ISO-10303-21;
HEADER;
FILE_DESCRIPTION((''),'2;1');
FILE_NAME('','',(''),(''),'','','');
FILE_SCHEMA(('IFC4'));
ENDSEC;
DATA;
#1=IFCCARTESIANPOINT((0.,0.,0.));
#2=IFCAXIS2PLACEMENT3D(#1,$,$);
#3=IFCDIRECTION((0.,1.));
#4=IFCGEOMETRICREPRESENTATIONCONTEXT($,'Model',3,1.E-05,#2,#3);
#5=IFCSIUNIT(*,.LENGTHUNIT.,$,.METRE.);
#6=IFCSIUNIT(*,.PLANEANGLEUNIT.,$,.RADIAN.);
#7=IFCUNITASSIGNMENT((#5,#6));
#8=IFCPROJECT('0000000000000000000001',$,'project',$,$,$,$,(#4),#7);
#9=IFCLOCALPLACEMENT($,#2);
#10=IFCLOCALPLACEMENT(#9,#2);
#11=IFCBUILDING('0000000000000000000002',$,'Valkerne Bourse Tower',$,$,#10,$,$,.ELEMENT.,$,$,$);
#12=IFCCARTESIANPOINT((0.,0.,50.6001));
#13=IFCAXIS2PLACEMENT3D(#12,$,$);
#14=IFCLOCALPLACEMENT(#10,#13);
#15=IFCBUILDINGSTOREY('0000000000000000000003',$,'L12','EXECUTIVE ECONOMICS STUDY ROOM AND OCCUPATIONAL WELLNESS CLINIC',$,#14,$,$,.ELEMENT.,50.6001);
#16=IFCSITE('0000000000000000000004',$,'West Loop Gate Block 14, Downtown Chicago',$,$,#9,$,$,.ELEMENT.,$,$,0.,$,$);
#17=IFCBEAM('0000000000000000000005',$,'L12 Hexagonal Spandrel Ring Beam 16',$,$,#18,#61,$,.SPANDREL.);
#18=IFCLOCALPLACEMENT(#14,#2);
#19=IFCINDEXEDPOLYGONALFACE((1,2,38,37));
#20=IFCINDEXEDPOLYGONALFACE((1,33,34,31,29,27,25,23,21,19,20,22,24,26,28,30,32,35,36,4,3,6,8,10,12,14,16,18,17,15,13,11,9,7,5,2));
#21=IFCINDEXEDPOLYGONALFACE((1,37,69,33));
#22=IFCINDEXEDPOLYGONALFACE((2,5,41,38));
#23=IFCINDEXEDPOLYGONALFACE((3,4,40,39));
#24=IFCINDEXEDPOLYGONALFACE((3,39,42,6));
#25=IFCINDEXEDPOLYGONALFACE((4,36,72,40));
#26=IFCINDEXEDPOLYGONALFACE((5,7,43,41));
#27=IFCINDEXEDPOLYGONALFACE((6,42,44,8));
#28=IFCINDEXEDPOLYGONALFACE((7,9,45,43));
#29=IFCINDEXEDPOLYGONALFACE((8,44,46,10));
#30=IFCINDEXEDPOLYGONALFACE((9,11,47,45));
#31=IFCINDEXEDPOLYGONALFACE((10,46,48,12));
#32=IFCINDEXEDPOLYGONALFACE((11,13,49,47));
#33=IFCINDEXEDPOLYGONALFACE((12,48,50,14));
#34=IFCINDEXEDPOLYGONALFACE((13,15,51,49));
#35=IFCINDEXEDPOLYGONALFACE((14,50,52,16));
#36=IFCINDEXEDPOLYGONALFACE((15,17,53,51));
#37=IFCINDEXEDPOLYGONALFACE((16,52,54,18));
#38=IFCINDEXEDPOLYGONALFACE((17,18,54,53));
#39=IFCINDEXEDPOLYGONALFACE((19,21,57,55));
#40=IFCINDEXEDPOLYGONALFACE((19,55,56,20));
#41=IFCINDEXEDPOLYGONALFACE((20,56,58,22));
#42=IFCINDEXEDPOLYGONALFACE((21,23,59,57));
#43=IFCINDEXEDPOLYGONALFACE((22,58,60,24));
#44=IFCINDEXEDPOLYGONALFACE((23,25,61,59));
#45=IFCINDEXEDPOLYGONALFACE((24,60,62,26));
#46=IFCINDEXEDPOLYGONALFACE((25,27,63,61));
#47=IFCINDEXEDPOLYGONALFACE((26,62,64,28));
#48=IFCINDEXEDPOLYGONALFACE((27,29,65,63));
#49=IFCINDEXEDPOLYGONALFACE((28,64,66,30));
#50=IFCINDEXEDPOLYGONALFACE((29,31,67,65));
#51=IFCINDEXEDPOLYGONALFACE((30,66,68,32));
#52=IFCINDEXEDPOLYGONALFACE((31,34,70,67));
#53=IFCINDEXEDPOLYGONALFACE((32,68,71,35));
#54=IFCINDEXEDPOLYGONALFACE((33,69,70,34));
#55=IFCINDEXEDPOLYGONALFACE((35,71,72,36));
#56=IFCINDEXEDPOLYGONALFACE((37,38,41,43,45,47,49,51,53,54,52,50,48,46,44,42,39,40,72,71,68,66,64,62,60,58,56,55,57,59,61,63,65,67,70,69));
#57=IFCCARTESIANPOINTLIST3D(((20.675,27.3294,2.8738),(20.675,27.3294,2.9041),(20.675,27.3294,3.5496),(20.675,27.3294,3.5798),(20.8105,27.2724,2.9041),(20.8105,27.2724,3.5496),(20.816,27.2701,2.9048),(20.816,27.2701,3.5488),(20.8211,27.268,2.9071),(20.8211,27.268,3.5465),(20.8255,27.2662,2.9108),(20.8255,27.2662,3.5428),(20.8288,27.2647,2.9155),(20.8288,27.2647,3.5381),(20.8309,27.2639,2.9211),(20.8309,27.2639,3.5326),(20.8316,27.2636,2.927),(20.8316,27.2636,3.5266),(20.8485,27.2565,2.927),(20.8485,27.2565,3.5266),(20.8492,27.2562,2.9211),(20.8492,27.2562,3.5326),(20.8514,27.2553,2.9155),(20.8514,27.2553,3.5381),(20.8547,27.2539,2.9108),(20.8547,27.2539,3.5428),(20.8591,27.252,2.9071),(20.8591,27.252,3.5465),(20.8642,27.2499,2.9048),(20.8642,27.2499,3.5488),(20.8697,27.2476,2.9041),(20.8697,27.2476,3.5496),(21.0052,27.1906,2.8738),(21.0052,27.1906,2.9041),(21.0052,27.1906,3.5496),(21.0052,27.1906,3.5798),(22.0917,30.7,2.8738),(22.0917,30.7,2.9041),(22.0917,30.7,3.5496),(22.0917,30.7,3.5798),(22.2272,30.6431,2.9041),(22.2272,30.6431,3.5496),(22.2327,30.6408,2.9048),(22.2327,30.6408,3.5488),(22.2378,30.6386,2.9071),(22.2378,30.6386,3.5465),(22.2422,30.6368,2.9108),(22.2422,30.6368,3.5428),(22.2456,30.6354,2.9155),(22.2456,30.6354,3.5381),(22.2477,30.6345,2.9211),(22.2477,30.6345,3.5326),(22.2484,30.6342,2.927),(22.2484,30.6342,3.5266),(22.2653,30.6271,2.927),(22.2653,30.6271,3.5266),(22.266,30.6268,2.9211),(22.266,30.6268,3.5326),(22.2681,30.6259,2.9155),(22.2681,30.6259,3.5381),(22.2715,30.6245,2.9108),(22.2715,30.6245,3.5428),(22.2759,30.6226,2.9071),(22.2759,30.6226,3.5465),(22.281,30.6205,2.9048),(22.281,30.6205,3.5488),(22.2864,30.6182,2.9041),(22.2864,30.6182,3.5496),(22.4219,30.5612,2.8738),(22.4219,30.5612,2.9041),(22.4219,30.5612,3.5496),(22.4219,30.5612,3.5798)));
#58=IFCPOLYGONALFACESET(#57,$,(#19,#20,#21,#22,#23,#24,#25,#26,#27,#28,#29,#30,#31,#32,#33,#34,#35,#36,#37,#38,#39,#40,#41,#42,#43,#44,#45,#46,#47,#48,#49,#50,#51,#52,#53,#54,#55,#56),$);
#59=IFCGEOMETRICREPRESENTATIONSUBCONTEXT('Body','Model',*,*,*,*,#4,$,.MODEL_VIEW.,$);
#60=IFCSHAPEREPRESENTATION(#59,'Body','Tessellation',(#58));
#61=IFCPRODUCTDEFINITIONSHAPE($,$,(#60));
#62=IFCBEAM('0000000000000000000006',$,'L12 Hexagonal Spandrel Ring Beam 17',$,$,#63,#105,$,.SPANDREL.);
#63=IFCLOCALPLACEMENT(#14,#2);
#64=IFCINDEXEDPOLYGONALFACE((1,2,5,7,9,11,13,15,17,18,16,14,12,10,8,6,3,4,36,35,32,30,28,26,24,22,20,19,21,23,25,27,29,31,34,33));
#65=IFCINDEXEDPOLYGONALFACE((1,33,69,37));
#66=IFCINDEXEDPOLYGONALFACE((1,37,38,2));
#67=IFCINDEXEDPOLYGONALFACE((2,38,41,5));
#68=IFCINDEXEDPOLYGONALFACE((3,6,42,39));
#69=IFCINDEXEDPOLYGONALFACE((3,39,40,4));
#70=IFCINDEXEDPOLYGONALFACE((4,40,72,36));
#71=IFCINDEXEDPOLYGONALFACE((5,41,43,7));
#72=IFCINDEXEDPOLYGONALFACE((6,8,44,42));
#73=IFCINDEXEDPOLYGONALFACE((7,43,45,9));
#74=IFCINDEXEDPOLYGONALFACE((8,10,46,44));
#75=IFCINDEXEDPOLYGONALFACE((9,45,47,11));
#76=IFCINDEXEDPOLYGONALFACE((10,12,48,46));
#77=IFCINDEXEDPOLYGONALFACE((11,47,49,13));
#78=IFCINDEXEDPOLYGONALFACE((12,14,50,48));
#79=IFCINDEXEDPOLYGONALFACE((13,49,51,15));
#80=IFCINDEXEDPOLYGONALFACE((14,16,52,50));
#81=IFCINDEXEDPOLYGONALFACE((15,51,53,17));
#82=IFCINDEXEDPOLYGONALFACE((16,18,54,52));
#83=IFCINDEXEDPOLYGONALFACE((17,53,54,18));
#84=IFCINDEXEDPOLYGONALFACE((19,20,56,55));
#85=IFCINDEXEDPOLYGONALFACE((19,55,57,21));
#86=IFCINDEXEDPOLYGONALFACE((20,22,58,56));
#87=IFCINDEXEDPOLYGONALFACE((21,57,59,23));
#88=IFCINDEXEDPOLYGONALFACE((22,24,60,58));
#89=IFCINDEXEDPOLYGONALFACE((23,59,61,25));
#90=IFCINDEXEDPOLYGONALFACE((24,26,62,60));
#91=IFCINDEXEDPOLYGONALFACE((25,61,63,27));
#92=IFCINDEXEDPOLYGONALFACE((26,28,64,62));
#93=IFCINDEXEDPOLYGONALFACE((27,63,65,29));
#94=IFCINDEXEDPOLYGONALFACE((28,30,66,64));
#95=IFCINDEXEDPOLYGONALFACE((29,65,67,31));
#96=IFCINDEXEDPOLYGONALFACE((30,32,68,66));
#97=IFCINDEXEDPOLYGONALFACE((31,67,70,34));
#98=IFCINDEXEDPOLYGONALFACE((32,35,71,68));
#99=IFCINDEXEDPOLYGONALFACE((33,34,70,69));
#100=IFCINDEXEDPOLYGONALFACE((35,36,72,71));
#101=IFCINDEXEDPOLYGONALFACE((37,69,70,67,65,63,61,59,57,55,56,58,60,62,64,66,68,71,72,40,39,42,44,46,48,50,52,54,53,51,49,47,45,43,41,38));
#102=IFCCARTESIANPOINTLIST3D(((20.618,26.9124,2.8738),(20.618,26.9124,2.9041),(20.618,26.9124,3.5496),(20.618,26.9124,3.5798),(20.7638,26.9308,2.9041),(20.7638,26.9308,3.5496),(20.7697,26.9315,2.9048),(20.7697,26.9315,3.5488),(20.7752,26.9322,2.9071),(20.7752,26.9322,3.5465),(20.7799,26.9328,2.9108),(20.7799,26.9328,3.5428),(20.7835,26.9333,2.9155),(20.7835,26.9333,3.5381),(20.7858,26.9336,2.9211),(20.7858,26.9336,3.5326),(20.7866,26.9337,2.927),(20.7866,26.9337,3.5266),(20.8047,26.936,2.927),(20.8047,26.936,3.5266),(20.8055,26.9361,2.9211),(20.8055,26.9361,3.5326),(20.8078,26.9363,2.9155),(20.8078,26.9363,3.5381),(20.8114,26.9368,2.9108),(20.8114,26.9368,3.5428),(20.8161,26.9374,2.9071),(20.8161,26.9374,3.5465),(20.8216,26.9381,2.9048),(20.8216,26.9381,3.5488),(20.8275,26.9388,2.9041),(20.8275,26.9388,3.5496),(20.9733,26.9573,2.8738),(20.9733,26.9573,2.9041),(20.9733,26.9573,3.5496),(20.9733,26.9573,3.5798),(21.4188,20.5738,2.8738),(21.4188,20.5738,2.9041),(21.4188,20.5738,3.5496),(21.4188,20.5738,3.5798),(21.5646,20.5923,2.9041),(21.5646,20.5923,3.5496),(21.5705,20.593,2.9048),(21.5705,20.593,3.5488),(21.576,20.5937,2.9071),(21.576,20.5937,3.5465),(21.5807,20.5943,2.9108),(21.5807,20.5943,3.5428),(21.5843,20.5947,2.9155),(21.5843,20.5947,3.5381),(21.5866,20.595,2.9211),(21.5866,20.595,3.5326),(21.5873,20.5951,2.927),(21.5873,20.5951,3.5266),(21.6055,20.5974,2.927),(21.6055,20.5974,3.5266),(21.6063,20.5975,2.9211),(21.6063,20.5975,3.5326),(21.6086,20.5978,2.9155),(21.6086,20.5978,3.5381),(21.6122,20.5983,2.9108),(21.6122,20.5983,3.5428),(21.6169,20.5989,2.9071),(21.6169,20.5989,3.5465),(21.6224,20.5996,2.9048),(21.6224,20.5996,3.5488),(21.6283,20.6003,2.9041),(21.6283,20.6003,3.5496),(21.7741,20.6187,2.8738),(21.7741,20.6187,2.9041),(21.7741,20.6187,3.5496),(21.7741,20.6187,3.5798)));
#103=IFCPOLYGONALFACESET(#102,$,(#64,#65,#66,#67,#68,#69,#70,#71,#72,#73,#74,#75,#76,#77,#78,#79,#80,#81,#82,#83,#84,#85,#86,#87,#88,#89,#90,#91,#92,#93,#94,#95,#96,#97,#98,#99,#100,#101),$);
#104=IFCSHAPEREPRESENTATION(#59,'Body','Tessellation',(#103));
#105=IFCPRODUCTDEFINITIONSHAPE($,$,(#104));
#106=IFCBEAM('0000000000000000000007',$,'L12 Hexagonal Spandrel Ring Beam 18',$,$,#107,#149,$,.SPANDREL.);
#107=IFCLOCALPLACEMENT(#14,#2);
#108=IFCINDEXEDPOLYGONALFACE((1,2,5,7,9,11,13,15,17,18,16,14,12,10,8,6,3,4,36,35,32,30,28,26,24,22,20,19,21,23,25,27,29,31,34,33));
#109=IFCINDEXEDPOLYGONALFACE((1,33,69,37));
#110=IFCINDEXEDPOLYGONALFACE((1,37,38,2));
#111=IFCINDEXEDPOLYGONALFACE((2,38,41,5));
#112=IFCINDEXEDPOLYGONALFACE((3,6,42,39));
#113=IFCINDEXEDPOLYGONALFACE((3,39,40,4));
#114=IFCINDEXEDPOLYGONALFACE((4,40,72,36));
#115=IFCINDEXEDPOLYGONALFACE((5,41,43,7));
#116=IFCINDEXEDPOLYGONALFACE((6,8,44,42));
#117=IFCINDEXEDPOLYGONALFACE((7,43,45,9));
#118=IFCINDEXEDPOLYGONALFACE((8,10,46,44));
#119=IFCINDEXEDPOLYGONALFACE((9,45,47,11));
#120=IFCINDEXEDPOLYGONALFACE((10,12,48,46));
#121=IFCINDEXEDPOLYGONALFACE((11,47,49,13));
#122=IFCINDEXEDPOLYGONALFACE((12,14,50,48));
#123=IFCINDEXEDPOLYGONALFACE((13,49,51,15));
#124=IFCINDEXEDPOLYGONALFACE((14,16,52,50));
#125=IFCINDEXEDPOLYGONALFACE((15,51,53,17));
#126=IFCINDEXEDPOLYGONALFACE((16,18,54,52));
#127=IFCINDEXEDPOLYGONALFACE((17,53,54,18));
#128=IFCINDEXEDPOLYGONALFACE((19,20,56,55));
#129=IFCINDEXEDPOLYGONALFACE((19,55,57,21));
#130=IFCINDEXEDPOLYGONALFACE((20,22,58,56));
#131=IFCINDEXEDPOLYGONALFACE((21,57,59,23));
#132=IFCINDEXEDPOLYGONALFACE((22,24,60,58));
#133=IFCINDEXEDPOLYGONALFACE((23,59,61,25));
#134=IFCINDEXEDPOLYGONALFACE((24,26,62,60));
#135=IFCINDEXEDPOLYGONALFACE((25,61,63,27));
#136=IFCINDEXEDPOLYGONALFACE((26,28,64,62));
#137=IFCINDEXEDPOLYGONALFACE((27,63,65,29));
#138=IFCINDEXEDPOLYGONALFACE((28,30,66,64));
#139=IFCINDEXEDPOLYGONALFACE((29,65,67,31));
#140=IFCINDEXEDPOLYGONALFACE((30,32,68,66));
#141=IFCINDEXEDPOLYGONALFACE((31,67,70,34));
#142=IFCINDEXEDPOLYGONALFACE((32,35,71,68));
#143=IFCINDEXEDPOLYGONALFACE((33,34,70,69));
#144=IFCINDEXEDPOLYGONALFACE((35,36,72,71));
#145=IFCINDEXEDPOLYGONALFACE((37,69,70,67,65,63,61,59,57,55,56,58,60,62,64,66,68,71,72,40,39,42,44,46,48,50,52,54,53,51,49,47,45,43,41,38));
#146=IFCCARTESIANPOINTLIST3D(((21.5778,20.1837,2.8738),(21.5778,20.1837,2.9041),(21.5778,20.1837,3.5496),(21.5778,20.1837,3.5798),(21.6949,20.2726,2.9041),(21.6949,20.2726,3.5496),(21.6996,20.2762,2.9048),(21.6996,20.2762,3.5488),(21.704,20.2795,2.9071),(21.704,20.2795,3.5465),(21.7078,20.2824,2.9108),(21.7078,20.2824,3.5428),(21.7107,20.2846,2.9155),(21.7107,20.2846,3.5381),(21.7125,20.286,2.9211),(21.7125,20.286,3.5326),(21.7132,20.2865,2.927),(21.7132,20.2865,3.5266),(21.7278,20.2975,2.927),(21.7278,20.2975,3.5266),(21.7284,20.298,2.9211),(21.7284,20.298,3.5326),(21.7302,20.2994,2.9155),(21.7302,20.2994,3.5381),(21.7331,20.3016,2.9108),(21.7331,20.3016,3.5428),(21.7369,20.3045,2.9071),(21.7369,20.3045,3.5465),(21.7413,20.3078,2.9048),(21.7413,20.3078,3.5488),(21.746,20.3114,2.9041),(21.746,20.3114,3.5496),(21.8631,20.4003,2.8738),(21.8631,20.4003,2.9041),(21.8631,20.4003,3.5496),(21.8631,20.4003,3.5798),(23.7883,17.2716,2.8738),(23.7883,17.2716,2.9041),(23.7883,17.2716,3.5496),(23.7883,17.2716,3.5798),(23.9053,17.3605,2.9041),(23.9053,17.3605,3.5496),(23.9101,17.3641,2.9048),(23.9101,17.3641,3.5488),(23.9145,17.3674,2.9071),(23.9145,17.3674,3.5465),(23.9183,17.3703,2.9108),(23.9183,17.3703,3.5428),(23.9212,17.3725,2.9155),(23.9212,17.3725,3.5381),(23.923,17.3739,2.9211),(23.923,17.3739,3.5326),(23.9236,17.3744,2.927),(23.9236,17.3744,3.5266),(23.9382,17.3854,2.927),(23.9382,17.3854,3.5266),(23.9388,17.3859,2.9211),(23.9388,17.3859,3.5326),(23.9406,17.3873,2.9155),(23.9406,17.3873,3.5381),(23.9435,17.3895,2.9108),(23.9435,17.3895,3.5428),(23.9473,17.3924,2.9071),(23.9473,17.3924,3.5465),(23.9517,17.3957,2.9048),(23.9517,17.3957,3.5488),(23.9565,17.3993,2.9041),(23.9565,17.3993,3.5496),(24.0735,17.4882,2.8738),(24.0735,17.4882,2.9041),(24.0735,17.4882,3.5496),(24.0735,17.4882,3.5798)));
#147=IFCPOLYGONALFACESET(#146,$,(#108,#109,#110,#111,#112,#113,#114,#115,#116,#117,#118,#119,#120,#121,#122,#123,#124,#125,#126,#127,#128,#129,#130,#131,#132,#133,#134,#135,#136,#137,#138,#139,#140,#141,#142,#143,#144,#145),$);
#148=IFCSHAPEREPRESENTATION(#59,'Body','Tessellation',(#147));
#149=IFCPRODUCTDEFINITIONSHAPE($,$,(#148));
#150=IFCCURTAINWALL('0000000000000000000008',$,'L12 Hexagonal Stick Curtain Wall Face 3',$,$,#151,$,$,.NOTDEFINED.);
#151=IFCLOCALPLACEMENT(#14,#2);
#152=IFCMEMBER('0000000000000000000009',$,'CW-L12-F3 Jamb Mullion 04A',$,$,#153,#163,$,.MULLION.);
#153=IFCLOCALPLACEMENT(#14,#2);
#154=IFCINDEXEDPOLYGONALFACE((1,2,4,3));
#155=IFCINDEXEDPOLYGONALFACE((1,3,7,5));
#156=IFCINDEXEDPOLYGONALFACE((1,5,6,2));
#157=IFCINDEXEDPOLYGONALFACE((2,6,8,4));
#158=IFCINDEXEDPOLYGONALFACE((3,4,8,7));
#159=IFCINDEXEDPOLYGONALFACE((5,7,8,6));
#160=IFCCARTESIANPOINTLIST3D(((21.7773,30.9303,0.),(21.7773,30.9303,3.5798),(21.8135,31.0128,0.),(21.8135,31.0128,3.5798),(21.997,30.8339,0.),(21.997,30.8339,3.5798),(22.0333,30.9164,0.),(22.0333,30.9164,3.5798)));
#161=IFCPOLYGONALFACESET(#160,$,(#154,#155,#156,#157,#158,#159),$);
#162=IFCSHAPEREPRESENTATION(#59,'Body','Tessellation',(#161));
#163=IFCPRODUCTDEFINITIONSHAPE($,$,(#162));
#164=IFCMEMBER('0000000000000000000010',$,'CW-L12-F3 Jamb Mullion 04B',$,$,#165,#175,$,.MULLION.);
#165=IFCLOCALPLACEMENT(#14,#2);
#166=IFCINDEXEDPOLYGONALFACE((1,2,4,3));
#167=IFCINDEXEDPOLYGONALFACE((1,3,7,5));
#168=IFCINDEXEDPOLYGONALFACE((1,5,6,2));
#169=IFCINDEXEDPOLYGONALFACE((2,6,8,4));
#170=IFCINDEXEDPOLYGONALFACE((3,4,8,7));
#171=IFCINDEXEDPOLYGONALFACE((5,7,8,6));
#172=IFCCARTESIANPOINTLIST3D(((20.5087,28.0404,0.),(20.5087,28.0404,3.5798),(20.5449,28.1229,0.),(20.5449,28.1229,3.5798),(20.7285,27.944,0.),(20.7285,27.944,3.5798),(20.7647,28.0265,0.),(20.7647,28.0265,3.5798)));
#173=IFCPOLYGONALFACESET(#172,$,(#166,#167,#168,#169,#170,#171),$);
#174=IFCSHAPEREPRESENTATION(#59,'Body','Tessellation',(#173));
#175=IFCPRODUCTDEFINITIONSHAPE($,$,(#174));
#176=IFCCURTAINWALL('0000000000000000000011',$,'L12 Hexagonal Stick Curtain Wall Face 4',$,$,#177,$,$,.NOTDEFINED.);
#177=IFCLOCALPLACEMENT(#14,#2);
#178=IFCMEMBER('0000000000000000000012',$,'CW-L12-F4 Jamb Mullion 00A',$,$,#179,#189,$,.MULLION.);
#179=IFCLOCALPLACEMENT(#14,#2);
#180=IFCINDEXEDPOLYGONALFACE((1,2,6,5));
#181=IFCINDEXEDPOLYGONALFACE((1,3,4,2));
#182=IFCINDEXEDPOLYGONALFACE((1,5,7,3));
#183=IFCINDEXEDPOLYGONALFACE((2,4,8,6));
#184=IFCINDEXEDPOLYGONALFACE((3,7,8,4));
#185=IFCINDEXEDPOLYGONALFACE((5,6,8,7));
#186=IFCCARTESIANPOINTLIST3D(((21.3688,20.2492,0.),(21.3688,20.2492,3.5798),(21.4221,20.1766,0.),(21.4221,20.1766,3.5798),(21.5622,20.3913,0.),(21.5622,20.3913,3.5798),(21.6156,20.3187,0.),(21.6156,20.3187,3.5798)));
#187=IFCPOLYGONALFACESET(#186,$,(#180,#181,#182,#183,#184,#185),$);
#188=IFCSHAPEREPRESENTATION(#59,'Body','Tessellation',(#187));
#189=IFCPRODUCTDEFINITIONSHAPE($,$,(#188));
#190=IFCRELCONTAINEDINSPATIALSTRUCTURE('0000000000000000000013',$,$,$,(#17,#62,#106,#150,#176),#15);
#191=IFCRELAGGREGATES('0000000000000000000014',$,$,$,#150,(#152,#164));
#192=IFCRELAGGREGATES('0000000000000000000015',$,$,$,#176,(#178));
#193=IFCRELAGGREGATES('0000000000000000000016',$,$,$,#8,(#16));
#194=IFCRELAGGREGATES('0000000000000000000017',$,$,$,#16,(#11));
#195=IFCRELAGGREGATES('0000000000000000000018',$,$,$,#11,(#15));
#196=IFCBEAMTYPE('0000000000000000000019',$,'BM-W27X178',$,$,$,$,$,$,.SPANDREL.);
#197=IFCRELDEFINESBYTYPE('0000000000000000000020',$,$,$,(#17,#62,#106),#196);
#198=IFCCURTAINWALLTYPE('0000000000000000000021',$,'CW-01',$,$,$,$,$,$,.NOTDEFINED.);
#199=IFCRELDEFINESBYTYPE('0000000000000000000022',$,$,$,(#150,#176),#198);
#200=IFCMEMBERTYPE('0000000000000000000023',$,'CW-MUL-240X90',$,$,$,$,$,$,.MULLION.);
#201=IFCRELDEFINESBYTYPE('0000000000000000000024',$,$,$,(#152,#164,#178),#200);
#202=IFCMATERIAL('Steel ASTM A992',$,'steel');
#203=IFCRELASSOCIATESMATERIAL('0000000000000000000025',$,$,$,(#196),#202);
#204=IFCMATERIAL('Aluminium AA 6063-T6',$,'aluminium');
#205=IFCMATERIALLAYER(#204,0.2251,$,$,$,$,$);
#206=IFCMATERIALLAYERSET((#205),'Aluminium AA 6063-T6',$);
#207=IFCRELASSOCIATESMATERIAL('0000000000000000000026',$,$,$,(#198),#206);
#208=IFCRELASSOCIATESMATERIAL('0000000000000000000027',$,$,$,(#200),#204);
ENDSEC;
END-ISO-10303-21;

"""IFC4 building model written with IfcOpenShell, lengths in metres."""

from ifc_helpers import new_model, si_unit, direction, frame, origin, origin_2d, place, context, subcontext, project, spatial, rectangle, i_section, extrude, material, layer, layer_set, material_profile, profile_set, type_object, element, aggregate, save


model = new_model("IFC4")

# Units and contexts
model_context = context("Model", 3, precision=1e-05, world=origin(), true_north=direction((0.0, 1.0)))
body_context = subcontext(model_context, "Body", "Model", "MODEL_VIEW")
ifc_project = project(units=[si_unit("LENGTHUNIT", "METRE"), si_unit("PLANEANGLEUNIT", "RADIAN")], contexts=[model_context])

# Site, building, storey
site_placement = place(None, origin())
site = spatial("IfcSite", under=ifc_project, at=site_placement, Name="West Loop Gate Block 14, Downtown Chicago", CompositionType="ELEMENT", RefElevation=0.0)
building_placement = place(site_placement, origin())
building = spatial("IfcBuilding", under=site, at=building_placement, Name="Valkerne Bourse Tower", CompositionType="ELEMENT")
storey_placement = place(building_placement, frame((0.0, 0.0, 50.6001)))
storey = spatial("IfcBuildingStorey", under=building, at=storey_placement, Name="L12", Description="EXECUTIVE ECONOMICS STUDY ROOM AND OCCUPATIONAL WELLNESS CLINIC", CompositionType="ELEMENT", Elevation=50.6001)

# Beams
ifc_material_1 = material(Name="Steel ASTM A992", Category="steel")
ifc_material_profile_1 = material_profile(ifc_material_1, i_section(OverallWidth=0.3582, OverallDepth=0.7061, WebThickness=0.0183, FlangeThickness=0.0303, FilletRadius=0.0229, at=origin_2d()), Name="W27X178")
ifc_profile_set_1 = profile_set([ifc_material_profile_1], Name="Steel ASTM A992")
beam_type_1 = type_object("IfcBeamType", Name="BM-W27X178", PredefinedType="SPANDREL", material=ifc_profile_set_1)
beam_1_placement = place(storey_placement, frame((22.2568, 30.6306, 3.2268), z_axis=(-0.387487, -0.921875, 0.0), x_axis=(0.921875, -0.387487, 0.0)))
element("IfcBeam", 1, at=beam_1_placement, inside=storey, type_object=beam_type_1, Name="L12 Hexagonal Spandrel Ring Beam 16", PredefinedType="SPANDREL", context=body_context, shape_type="SweptSolid", body=[
    extrude(i_section(OverallWidth=0.3582, OverallDepth=0.7061, WebThickness=0.0183, FlangeThickness=0.0303, FilletRadius=0.0229, at=origin_2d()), origin(), (0.0, 0.0, 1.0), 3.6562),
])
beam_2_placement = place(storey_placement, frame((20.7957, 26.9348, 3.2268), z_axis=(0.125337, -0.992114, 0.0), x_axis=(0.992114, 0.125337, 0.0)))
element("IfcBeam", 2, at=beam_2_placement, inside=storey, type_object=beam_type_1, Name="L12 Hexagonal Spandrel Ring Beam 17", PredefinedType="SPANDREL", context=body_context, shape_type="SweptSolid", body=[
    extrude(i_section(OverallWidth=0.3582, OverallDepth=0.7061, WebThickness=0.0183, FlangeThickness=0.0303, FilletRadius=0.0229, at=origin_2d()), origin(), (0.0, 0.0, 1.0), 6.3889),
])
beam_3_placement = place(storey_placement, frame((21.7205, 20.292, 3.2268), z_axis=(0.604606, -0.796525, 0.0), x_axis=(0.796525, 0.604606, 0.0)))
element("IfcBeam", 3, at=beam_3_placement, inside=storey, type_object=beam_type_1, Name="L12 Hexagonal Spandrel Ring Beam 18", PredefinedType="SPANDREL", context=body_context, shape_type="SweptSolid", body=[
    extrude(i_section(OverallWidth=0.3582, OverallDepth=0.7061, WebThickness=0.0183, FlangeThickness=0.0303, FilletRadius=0.0229, at=origin_2d()), origin(), (0.0, 0.0, 1.0), 3.656),
])

# Curtain walls, members
ifc_material_2 = material(Name="Aluminium AA 6063-T6", Category="aluminium")
ifc_layer_1 = layer(ifc_material_2, 0.2251)
ifc_layer_set_1 = layer_set([ifc_layer_1], Name="Aluminium AA 6063-T6")
curtain_wall_type = type_object("IfcCurtainWallType", Name="CW-01", PredefinedType="NOTDEFINED", material=ifc_layer_set_1)
curtain_wall_1_placement = place(storey_placement, origin())
curtain_wall_1 = element("IfcCurtainWall", 4, at=curtain_wall_1_placement, inside=storey, type_object=curtain_wall_type, Name="L12 Hexagonal Stick Curtain Wall Face 3", PredefinedType="NOTDEFINED")
ifc_material_profile_2 = material_profile(ifc_material_2, rectangle(XDim=0.0901, YDim=0.24, at=origin_2d()), Name="CWM-90X240")
ifc_profile_set_2 = profile_set([ifc_material_profile_2], Name="Aluminium AA 6063-T6")
member_type_1 = type_object("IfcMemberType", Name="CW-MUL-240X90", PredefinedType="MULLION", material=ifc_profile_set_2)
member_1_placement = place(storey_placement, frame((21.9053, 30.9233, 0.0), z_axis=(0.0, 0.0, 1.0), x_axis=(-0.401929, -0.915671, 0.0)))
member_1 = element("IfcMember", 5, at=member_1_placement, type_object=member_type_1, Name="CW-L12-F3 Jamb Mullion 04A", PredefinedType="MULLION", context=body_context, shape_type="SweptSolid", body=[
    extrude(rectangle(XDim=0.0901, YDim=0.24, at=origin_2d()), origin(), (0.0, 0.0, 1.0), 3.5798),
])
member_2_placement = place(storey_placement, frame((20.6367, 28.0334, 0.0), z_axis=(0.0, 0.0, 1.0), x_axis=(-0.401929, -0.915671, 0.0)))
member_2 = element("IfcMember", 6, at=member_2_placement, type_object=member_type_1, Name="CW-L12-F3 Jamb Mullion 04B", PredefinedType="MULLION", context=body_context, shape_type="SweptSolid", body=[
    extrude(rectangle(XDim=0.0901, YDim=0.24, at=origin_2d()), origin(), (0.0, 0.0, 1.0), 3.5798),
])
curtain_wall_2_placement = place(storey_placement, origin())
curtain_wall_2 = element("IfcCurtainWall", 7, at=curtain_wall_2_placement, inside=storey, type_object=curtain_wall_type, Name="L12 Hexagonal Stick Curtain Wall Face 4", PredefinedType="NOTDEFINED")
member_3_placement = place(storey_placement, frame((21.4922, 20.2839, 0.0), z_axis=(0.0, 0.0, 1.0), x_axis=(0.59201, -0.805931, 0.0)))
member_3 = element("IfcMember", 8, at=member_3_placement, type_object=member_type_1, Name="CW-L12-F4 Jamb Mullion 00A", PredefinedType="MULLION", context=body_context, shape_type="SweptSolid", body=[
    extrude(rectangle(XDim=0.0901, YDim=0.24, at=origin_2d()), origin(), (0.0, 0.0, 1.0), 3.5798),
])

aggregate(curtain_wall_1, [member_1, member_2])
aggregate(curtain_wall_2, [member_3])

save(model, "model.ifc")
